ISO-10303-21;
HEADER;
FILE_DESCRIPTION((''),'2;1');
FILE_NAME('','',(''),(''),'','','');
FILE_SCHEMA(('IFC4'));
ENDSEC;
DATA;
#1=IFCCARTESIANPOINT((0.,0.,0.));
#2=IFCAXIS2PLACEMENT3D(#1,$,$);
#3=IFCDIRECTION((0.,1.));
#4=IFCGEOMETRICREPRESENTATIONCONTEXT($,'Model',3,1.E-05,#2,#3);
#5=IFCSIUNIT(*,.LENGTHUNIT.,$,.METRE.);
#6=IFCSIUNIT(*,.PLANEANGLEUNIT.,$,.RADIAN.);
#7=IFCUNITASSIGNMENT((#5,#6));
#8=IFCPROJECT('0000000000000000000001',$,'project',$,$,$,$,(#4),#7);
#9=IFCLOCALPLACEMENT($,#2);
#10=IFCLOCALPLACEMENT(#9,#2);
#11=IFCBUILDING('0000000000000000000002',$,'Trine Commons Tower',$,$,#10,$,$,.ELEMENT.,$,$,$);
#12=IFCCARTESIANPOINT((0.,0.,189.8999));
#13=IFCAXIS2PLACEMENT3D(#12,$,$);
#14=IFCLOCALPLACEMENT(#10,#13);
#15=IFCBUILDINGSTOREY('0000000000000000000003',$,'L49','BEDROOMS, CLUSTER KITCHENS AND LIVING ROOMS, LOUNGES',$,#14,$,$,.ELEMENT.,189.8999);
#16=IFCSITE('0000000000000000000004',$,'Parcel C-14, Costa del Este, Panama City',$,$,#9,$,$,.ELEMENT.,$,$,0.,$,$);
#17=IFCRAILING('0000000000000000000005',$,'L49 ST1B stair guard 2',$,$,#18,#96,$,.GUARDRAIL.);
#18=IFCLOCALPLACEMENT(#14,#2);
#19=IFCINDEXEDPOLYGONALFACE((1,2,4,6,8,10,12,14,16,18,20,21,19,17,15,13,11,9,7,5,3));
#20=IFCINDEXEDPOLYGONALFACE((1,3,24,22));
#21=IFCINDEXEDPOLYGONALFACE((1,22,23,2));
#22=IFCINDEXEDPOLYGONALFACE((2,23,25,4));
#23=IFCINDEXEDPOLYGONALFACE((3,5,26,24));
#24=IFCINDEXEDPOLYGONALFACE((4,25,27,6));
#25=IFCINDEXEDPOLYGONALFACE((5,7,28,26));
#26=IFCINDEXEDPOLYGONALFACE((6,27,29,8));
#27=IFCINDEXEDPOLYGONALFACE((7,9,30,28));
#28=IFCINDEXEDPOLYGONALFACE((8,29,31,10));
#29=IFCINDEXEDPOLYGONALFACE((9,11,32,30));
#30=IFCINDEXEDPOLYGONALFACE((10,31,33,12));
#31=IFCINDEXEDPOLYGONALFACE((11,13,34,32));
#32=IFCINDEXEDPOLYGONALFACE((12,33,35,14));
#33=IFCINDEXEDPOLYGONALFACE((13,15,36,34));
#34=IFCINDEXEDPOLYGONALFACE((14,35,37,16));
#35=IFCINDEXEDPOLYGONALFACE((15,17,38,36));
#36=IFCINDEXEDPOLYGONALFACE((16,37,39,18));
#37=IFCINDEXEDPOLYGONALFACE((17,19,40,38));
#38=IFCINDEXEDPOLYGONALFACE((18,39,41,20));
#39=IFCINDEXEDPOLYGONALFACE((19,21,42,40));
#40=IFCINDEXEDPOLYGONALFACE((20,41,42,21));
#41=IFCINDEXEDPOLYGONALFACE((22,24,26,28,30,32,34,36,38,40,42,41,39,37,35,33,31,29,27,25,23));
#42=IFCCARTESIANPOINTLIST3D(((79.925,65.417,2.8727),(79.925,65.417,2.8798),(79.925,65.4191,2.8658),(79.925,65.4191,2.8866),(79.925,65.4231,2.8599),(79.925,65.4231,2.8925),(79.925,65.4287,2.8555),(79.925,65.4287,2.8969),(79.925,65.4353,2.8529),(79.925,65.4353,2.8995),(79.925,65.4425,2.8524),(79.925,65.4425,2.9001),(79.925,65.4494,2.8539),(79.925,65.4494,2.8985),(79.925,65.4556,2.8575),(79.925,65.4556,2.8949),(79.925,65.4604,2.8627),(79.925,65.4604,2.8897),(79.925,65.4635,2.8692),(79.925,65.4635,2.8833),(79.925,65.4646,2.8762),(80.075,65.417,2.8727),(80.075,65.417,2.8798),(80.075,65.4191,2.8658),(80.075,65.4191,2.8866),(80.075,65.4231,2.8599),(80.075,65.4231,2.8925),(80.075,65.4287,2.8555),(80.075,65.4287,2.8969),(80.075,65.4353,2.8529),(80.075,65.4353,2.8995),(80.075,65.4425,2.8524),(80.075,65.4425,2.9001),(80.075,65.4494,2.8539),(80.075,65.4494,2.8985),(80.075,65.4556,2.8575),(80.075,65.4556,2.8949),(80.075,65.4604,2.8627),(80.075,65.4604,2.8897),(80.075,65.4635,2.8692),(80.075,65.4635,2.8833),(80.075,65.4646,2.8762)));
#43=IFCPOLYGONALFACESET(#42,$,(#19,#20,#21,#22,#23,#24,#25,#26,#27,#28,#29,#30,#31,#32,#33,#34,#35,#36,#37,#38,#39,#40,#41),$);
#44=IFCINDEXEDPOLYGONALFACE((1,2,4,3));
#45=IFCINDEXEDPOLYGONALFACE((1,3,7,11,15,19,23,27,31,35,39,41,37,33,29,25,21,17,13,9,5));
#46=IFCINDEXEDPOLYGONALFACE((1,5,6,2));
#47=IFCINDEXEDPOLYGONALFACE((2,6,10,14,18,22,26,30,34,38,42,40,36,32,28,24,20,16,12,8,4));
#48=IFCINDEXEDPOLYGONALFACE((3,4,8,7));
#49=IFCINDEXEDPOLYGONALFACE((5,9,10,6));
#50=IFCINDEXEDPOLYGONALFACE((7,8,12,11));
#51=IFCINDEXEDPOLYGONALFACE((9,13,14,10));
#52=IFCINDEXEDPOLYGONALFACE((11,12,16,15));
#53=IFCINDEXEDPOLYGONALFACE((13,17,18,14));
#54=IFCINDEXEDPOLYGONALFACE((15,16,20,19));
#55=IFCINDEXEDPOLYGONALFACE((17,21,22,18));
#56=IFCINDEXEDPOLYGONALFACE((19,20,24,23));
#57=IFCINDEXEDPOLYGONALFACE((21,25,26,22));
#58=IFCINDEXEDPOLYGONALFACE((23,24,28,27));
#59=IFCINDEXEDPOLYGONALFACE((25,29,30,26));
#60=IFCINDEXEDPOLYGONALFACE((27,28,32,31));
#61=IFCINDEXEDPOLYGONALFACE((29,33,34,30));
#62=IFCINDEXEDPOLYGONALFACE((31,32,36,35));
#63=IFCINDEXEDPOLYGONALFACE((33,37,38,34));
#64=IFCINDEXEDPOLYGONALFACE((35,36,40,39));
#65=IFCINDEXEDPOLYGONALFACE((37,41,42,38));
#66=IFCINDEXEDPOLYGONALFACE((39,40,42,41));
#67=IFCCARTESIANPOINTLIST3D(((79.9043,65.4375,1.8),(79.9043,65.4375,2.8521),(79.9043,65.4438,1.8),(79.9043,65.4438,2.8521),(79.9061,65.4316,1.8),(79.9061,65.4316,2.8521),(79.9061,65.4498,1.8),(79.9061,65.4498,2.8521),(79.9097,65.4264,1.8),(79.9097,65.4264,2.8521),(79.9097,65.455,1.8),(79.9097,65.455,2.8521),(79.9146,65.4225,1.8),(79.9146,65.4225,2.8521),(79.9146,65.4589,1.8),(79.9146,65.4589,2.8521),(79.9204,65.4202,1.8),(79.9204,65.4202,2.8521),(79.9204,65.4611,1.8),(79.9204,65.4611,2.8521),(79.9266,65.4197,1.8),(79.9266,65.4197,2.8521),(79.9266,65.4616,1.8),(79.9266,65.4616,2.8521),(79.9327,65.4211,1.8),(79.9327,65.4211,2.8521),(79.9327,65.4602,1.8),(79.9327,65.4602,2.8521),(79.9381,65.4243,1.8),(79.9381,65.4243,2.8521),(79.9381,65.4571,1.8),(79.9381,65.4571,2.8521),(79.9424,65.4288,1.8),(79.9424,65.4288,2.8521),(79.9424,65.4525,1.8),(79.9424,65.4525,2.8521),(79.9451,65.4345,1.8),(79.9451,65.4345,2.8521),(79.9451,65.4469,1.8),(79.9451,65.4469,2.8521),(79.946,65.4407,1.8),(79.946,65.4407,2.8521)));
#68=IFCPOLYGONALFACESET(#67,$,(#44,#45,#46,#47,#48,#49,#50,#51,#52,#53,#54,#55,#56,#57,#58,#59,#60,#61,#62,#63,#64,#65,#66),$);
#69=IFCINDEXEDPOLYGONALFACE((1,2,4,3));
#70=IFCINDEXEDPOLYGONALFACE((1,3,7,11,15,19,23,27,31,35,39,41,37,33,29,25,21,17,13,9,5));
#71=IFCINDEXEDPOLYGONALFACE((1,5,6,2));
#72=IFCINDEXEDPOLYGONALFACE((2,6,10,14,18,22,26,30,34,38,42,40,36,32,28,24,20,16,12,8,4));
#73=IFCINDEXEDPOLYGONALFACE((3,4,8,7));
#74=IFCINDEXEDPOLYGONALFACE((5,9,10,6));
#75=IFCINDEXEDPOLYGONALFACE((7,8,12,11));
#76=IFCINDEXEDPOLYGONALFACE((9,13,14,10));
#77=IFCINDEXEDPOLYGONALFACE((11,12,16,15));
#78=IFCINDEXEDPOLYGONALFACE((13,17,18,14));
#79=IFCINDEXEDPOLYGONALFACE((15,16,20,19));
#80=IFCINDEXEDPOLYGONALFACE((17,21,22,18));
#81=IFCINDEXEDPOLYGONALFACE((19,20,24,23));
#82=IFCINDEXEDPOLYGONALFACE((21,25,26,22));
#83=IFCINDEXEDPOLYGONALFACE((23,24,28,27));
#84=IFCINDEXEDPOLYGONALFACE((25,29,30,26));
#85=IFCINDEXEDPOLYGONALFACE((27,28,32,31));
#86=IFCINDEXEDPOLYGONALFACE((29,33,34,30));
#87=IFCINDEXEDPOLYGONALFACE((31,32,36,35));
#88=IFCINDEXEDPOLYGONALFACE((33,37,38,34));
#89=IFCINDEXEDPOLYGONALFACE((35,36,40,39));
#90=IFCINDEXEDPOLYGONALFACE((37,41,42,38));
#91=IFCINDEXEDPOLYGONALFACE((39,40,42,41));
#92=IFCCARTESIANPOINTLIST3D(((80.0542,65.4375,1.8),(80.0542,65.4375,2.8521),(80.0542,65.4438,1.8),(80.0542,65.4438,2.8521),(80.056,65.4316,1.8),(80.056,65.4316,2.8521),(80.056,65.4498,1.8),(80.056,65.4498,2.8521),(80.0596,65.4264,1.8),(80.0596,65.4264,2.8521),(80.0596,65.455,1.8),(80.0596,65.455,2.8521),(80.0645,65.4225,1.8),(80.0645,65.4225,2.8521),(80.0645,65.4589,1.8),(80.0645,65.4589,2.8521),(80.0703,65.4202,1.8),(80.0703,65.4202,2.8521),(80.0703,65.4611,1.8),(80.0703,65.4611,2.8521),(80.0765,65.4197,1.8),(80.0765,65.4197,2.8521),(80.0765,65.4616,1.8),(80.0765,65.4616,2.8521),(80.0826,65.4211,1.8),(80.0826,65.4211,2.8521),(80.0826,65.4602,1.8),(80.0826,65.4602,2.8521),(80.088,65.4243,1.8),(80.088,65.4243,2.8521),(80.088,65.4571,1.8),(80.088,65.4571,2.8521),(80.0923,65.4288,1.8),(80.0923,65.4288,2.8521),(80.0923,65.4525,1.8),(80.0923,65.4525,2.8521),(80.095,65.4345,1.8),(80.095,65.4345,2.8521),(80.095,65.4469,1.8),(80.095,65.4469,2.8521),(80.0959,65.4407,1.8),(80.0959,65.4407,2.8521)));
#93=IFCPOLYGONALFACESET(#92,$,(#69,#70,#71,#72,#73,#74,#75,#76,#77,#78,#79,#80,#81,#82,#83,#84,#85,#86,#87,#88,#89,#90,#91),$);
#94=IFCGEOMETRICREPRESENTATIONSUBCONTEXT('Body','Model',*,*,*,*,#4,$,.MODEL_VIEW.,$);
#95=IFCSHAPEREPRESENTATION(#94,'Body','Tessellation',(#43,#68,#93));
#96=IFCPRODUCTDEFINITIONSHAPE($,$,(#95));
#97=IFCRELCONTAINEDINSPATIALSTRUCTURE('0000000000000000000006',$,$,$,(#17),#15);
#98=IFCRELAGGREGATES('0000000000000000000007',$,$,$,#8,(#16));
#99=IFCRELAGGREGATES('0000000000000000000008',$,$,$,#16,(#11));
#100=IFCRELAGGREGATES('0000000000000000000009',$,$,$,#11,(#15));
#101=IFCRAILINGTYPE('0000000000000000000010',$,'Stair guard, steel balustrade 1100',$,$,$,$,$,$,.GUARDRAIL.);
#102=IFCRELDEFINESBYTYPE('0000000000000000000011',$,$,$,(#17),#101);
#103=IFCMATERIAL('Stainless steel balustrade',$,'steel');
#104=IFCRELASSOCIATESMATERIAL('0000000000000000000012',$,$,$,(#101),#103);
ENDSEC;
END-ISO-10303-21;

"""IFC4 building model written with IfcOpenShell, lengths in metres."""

from ifc_helpers import new_model, si_unit, direction, frame, origin, origin_2d, place, context, subcontext, project, spatial, circle, extrude, material, type_object, element, save


model = new_model("IFC4")

# Units and contexts
model_context = context("Model", 3, precision=1e-05, world=origin(), true_north=direction((0.0, 1.0)))
body_context = subcontext(model_context, "Body", "Model", "MODEL_VIEW")
ifc_project = project(units=[si_unit("LENGTHUNIT", "METRE"), si_unit("PLANEANGLEUNIT", "RADIAN")], contexts=[model_context])

# Site, building, storey
site_placement = place(None, origin())
site = spatial("IfcSite", under=ifc_project, at=site_placement, Name="Parcel C-14, Costa del Este, Panama City", CompositionType="ELEMENT", RefElevation=0.0)
building_placement = place(site_placement, origin())
building = spatial("IfcBuilding", under=site, at=building_placement, Name="Trine Commons Tower", CompositionType="ELEMENT")
storey_placement = place(building_placement, frame((0.0, 0.0, 189.8999)))
storey = spatial("IfcBuildingStorey", under=building, at=storey_placement, Name="L49", Description="BEDROOMS, CLUSTER KITCHENS AND LIVING ROOMS, LOUNGES", CompositionType="ELEMENT", Elevation=189.8999)

# Railing
ifc_material_1 = material(Name="Stainless steel balustrade", Category="steel")
railing_type_1 = type_object("IfcRailingType", Name="Stair guard, steel balustrade 1100", PredefinedType="GUARDRAIL", material=ifc_material_1)
railing_1_placement = place(storey_placement, frame((79.925, 65.4407, 1.8)))
element("IfcRailing", 1, at=railing_1_placement, inside=storey, type_object=railing_type_1, Name="L49 ST1B stair guard 2", PredefinedType="GUARDRAIL", context=body_context, shape_type="SweptSolid", body=[
    extrude(circle(Radius=0.0239, at=origin_2d()), frame((0.0, 0.0, 1.0762), z_axis=(1.0, 0.0, 0.0), x_axis=(0.0, 1.0, 0.0)), (0.0, 0.0, 1.0), 0.1499),
    extrude(circle(Radius=0.021, at=origin_2d()), origin(), (0.0, 0.0, 1.0), 1.052),
    extrude(circle(Radius=0.021, at=origin_2d()), frame((0.1499, 0.0, 0.0)), (0.0, 0.0, 1.0), 1.052),
])

save(model, "model.ifc")
